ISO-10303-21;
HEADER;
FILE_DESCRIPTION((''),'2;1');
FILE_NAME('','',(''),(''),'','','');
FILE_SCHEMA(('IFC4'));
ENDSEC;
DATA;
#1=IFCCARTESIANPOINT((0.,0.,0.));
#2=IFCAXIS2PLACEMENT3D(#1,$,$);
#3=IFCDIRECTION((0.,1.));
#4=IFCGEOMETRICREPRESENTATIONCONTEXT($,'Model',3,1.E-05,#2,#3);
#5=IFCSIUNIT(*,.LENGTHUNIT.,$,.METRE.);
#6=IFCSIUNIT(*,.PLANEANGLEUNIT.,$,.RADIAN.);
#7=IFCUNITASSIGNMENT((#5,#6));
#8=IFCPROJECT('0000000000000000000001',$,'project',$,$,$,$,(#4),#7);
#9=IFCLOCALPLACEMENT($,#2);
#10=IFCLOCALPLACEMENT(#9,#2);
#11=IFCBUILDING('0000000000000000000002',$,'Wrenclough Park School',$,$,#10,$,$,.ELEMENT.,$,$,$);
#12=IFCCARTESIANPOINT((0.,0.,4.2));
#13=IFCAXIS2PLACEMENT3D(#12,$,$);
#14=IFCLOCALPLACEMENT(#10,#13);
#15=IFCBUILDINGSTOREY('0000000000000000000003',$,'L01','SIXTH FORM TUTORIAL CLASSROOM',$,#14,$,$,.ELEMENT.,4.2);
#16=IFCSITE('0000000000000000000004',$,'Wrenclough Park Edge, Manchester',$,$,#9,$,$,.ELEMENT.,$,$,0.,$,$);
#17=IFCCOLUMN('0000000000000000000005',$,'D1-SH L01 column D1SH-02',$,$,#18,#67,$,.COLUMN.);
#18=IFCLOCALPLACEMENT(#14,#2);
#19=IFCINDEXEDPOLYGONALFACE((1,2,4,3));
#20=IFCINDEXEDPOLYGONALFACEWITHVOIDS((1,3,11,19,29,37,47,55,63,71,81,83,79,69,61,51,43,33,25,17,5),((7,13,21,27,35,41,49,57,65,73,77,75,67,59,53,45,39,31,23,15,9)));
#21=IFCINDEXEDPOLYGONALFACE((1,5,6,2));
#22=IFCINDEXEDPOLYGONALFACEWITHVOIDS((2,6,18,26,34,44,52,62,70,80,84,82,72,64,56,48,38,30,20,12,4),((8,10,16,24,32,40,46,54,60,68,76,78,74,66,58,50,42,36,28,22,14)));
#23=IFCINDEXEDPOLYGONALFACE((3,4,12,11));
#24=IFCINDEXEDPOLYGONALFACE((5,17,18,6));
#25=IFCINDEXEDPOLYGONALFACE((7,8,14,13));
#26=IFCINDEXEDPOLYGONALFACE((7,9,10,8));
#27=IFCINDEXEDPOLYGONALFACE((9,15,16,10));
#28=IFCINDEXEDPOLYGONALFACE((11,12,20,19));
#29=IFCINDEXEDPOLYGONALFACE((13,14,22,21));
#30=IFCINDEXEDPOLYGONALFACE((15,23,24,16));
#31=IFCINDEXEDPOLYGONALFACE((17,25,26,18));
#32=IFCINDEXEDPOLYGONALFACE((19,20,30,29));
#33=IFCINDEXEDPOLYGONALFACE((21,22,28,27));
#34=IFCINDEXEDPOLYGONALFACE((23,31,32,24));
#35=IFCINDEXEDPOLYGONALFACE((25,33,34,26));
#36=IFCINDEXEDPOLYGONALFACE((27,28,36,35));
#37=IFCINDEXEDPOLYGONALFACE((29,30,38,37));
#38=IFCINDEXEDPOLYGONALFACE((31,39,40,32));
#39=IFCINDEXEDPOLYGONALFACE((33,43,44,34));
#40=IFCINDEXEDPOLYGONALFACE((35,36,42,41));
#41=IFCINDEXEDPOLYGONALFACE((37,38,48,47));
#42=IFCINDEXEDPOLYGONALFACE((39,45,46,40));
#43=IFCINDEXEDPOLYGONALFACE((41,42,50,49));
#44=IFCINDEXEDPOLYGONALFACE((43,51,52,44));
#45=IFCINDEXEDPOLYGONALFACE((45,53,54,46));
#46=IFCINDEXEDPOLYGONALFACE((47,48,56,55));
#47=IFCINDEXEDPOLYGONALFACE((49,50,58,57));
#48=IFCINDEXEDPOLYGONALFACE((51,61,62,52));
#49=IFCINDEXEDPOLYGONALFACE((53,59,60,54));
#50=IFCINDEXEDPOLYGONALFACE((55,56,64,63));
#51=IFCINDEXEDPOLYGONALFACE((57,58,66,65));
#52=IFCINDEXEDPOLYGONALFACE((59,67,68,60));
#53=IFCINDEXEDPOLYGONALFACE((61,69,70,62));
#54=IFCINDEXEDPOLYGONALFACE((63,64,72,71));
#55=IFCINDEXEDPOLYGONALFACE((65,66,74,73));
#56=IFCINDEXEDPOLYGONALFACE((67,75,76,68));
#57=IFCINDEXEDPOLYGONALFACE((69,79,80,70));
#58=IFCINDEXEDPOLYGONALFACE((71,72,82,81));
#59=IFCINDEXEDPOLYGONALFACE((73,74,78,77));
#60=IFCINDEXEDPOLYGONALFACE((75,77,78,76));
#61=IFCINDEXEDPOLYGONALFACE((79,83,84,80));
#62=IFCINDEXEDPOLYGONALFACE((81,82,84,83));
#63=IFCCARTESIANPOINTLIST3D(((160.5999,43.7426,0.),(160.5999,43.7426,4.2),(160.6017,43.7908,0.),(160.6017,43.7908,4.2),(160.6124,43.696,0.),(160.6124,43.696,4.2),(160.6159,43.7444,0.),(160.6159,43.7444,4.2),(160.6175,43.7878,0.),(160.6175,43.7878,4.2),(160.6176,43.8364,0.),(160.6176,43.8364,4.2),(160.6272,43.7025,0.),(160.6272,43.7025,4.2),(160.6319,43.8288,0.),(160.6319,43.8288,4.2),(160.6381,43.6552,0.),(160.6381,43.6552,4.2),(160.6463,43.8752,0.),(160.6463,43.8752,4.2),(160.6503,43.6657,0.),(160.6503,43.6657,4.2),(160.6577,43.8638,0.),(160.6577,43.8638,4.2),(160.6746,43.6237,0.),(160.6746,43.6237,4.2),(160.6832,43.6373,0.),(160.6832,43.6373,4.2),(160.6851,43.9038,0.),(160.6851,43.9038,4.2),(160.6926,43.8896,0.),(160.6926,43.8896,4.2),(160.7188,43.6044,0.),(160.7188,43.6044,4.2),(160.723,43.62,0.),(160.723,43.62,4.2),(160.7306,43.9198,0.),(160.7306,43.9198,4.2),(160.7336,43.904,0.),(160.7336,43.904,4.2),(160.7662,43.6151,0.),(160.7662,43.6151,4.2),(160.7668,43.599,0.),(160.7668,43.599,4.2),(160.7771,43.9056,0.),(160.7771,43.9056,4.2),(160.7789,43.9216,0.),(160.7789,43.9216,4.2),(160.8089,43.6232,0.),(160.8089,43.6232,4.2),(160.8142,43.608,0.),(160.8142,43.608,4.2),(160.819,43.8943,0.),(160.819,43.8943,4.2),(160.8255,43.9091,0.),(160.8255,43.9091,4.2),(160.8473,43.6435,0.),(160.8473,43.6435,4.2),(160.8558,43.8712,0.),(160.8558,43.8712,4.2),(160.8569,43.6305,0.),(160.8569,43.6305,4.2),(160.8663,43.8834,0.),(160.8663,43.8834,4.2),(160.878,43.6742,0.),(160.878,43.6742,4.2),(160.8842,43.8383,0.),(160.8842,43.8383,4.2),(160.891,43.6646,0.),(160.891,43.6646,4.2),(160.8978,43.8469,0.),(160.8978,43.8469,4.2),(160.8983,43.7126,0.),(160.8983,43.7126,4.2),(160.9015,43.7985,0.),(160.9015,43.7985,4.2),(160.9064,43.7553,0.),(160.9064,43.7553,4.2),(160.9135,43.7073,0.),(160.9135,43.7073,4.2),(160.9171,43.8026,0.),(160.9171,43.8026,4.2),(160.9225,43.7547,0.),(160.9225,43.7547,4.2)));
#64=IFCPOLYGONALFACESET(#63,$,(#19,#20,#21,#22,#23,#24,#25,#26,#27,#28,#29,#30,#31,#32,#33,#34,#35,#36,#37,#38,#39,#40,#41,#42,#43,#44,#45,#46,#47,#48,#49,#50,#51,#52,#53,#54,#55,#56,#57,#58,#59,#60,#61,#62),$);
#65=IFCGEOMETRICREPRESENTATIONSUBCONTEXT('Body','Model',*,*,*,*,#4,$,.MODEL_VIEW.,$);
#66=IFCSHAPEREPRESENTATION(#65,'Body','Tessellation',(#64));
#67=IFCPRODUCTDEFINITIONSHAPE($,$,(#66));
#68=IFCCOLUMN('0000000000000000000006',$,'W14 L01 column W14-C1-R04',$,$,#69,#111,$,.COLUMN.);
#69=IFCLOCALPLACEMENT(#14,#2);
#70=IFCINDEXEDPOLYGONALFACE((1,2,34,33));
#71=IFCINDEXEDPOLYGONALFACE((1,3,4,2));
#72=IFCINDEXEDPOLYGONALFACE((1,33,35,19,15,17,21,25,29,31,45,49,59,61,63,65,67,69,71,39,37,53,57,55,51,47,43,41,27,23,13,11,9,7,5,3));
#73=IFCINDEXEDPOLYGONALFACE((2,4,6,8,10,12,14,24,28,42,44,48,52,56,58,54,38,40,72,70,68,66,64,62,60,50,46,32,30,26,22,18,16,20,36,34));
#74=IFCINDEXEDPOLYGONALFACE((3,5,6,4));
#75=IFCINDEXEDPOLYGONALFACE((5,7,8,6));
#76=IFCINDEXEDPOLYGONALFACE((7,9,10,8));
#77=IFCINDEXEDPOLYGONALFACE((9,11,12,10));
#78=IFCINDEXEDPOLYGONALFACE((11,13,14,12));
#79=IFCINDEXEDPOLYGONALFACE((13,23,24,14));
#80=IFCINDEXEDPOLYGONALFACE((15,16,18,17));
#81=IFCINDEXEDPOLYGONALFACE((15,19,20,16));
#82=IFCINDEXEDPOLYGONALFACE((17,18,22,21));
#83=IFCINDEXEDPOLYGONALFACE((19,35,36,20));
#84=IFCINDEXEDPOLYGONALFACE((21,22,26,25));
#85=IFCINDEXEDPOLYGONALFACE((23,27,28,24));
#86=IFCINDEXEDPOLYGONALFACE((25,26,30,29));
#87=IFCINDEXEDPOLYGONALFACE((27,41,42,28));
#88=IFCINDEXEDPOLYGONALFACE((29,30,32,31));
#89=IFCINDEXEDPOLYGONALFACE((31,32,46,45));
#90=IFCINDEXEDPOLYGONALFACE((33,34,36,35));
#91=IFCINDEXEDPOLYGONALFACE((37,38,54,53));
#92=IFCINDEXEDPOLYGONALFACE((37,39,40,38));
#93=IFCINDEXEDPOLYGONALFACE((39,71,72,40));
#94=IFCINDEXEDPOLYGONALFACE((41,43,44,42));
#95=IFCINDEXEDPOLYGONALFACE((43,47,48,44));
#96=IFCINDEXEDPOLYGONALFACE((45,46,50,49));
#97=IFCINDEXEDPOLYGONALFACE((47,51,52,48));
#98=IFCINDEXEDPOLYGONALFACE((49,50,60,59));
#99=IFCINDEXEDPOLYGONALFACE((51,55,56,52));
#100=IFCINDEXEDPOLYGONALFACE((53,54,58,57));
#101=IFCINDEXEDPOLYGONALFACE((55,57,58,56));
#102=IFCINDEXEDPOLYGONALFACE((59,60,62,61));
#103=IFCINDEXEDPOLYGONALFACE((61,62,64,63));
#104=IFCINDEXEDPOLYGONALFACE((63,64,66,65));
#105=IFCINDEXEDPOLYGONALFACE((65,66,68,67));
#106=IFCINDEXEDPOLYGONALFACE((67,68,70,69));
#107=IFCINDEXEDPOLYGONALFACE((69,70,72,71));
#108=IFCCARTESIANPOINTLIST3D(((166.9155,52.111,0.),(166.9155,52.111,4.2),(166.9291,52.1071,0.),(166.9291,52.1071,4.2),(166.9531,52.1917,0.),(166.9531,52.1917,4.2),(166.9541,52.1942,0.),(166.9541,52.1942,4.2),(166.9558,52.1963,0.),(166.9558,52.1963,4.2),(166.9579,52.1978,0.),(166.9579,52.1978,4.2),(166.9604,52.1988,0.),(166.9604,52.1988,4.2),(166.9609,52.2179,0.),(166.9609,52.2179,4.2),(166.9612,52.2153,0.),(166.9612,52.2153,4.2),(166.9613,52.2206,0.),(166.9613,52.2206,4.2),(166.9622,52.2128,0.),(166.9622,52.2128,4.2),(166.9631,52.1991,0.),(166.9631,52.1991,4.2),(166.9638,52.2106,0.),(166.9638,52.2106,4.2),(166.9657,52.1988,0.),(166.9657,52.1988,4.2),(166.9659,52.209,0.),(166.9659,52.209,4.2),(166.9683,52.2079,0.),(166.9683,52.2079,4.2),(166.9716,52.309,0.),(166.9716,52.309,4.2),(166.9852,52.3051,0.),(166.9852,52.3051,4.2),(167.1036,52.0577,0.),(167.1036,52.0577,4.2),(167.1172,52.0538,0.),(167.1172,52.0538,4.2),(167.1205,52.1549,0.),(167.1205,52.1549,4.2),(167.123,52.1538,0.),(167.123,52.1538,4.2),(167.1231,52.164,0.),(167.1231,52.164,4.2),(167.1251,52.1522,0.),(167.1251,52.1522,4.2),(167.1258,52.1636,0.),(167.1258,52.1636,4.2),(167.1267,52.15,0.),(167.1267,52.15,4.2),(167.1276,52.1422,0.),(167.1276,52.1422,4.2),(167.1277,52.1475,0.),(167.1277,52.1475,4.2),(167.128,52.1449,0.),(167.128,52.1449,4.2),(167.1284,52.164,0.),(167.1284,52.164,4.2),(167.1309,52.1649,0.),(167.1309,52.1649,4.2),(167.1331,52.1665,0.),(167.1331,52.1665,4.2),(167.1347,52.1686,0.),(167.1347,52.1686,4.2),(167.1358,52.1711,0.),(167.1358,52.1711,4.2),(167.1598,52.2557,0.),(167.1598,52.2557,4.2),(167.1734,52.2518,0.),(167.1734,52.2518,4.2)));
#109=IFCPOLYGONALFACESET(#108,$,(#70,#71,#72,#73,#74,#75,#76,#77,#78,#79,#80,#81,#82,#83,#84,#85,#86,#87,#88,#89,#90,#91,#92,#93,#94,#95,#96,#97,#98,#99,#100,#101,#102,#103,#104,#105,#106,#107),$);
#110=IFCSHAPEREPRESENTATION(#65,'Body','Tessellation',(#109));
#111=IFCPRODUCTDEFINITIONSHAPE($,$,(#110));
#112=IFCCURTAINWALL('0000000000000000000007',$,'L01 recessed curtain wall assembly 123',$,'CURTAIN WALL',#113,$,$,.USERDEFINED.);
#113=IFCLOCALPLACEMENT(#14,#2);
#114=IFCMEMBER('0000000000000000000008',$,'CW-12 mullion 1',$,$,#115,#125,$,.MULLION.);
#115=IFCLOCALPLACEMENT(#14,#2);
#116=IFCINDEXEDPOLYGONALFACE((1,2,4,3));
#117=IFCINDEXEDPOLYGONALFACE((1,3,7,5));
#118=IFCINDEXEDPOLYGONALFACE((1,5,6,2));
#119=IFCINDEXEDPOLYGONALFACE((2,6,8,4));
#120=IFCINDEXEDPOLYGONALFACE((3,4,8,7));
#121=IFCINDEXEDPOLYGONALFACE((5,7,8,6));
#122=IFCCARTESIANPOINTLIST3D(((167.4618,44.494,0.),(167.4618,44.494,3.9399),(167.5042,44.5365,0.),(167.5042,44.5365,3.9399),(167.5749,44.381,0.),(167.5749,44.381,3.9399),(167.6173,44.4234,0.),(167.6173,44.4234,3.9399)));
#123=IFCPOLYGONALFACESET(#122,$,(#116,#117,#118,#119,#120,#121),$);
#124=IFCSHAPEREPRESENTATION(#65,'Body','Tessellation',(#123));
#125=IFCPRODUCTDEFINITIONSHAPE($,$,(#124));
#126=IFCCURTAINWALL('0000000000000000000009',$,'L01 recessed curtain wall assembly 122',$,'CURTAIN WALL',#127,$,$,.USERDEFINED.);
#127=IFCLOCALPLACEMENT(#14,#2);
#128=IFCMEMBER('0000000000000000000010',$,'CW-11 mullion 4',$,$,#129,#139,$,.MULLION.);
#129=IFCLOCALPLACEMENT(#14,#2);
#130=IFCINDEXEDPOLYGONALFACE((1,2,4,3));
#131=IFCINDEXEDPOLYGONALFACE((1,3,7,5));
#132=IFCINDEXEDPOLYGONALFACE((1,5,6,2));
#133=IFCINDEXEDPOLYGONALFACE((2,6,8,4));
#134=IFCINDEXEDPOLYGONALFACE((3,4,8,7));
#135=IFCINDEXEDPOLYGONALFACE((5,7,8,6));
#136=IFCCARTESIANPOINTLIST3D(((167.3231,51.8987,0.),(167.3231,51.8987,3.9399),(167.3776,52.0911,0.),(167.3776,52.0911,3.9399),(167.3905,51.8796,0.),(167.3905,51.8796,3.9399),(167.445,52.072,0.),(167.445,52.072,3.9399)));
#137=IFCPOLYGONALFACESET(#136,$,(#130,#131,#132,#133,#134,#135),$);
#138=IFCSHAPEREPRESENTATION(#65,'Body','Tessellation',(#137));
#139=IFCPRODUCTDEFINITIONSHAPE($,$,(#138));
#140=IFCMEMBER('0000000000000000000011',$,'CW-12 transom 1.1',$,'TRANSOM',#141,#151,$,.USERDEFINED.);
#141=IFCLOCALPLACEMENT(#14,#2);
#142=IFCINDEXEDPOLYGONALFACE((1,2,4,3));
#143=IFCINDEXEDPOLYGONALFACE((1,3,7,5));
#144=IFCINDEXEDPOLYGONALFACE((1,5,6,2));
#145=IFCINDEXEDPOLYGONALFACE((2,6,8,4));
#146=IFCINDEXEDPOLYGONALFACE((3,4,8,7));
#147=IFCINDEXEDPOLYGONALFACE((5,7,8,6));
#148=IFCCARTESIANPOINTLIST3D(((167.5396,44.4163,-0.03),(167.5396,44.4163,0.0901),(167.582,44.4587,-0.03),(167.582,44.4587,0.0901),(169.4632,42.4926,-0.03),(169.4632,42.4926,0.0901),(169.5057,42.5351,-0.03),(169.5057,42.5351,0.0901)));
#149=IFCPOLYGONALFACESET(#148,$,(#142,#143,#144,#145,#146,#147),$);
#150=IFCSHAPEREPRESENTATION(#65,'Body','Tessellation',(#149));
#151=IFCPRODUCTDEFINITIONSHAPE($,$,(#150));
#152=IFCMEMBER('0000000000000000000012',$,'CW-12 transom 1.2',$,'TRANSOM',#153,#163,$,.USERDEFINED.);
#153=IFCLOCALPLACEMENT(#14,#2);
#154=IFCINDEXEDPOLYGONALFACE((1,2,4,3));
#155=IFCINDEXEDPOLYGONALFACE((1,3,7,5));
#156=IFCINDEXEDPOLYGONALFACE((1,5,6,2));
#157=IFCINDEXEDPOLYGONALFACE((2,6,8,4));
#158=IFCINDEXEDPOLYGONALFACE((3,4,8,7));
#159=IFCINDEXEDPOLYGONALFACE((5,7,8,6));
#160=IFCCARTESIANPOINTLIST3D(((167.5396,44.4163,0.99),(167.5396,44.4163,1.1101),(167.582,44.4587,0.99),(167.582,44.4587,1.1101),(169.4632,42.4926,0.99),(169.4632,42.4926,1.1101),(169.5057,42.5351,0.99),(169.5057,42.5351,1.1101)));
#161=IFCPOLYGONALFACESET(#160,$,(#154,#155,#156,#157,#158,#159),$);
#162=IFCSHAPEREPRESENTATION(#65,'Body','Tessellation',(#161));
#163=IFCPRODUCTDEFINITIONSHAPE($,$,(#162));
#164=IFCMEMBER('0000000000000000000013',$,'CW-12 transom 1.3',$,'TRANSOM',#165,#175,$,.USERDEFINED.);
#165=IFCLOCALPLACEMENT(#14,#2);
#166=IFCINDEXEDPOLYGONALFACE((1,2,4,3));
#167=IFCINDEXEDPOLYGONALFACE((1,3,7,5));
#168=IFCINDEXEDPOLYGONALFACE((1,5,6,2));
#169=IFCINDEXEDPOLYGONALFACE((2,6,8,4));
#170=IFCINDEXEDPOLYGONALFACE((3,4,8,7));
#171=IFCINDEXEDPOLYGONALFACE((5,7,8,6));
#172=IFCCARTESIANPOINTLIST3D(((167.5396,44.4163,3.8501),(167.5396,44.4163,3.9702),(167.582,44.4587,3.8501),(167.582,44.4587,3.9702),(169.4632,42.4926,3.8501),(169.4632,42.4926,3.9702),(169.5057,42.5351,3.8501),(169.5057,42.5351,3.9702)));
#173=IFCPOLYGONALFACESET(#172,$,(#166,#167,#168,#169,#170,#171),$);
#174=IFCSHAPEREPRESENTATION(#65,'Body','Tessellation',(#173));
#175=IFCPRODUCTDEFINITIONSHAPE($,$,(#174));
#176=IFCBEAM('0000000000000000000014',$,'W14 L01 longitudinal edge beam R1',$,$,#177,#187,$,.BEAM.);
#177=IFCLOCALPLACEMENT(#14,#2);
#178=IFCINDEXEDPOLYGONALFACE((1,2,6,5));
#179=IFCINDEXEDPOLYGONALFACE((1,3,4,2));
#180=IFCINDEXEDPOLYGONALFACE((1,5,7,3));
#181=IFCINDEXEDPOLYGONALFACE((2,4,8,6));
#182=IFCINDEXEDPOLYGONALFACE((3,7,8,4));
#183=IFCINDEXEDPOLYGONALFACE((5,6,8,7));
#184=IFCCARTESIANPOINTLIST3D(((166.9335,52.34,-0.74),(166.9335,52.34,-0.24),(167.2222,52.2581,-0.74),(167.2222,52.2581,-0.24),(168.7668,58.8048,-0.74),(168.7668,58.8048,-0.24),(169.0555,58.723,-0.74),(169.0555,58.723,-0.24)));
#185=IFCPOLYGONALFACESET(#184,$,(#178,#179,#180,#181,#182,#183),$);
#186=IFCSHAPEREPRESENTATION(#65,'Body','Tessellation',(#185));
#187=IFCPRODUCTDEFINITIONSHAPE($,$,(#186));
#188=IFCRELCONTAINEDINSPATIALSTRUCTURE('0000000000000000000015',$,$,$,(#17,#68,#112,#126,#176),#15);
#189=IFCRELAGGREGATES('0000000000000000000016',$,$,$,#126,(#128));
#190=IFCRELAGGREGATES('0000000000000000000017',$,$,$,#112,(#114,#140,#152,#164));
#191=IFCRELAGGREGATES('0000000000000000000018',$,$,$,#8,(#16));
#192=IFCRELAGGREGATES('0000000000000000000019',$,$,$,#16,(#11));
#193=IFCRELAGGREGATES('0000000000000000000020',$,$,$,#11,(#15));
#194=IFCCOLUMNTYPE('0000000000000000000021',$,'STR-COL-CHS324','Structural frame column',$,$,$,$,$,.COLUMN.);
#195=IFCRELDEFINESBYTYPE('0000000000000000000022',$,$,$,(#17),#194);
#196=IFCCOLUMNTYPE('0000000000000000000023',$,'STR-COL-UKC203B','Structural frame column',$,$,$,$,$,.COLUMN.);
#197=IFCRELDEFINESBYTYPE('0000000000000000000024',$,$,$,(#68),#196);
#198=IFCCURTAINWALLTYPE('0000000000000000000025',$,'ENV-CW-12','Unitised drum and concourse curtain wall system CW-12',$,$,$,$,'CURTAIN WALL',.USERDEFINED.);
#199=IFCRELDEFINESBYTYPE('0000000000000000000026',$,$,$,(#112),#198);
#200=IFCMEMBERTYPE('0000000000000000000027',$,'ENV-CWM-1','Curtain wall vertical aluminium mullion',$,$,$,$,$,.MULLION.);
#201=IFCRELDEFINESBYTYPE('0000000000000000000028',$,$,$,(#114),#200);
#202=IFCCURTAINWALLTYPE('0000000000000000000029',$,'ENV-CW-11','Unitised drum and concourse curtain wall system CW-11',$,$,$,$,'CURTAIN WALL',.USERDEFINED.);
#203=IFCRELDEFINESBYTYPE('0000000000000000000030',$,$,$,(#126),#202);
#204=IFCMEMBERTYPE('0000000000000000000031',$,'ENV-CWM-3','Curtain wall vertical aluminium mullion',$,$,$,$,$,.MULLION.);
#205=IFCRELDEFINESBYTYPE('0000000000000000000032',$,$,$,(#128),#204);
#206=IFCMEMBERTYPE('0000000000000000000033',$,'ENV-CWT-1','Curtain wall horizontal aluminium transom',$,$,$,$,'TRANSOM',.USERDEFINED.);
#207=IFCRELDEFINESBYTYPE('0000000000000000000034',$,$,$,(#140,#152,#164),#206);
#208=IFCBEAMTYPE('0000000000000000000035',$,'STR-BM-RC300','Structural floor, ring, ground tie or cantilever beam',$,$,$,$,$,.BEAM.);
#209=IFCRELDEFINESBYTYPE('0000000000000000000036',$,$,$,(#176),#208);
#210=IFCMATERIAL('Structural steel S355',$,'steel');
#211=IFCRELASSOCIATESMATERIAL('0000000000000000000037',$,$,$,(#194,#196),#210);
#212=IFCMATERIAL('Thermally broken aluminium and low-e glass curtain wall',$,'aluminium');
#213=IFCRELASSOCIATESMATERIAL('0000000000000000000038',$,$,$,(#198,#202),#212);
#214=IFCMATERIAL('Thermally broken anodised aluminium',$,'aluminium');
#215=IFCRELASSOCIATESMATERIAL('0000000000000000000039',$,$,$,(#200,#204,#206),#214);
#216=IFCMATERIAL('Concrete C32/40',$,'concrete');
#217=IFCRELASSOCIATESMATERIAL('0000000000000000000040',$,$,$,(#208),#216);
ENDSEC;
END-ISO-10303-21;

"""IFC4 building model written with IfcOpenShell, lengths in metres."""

from ifc_helpers import new_model, si_unit, direction, frame, origin, origin_2d, place, context, subcontext, project, spatial, rectangle, hollow_circle, i_section, extrude, material, material_profile, profile_set, type_object, element, aggregate, save


model = new_model("IFC4")

# Units and contexts
model_context = context("Model", 3, precision=1e-05, world=origin(), true_north=direction((0.0, 1.0)))
body_context = subcontext(model_context, "Body", "Model", "MODEL_VIEW")
ifc_project = project(units=[si_unit("LENGTHUNIT", "METRE"), si_unit("PLANEANGLEUNIT", "RADIAN")], contexts=[model_context])

# Site, building, storey
site_placement = place(None, origin())
site = spatial("IfcSite", under=ifc_project, at=site_placement, Name="Wrenclough Park Edge, Manchester", CompositionType="ELEMENT", RefElevation=0.0)
building_placement = place(site_placement, origin())
building = spatial("IfcBuilding", under=site, at=building_placement, Name="Wrenclough Park School", CompositionType="ELEMENT")
storey_placement = place(building_placement, frame((0.0, 0.0, 4.2)))
storey = spatial("IfcBuildingStorey", under=building, at=storey_placement, Name="L01", Description="SIXTH FORM TUTORIAL CLASSROOM", CompositionType="ELEMENT", Elevation=4.2)

# Columns
ifc_material_1 = material(Name="Structural steel S355", Category="steel")
ifc_material_profile_1 = material_profile(ifc_material_1, hollow_circle(Radius=0.1619, WallThickness=0.0161, at=origin_2d()), Name="CHS 323.9x16.0")
ifc_profile_set_1 = profile_set([ifc_material_profile_1], Name="Structural steel S355")
column_type_1 = type_object("IfcColumnType", Name="STR-COL-CHS324", Description="Structural frame column", PredefinedType="COLUMN", material=ifc_profile_set_1)
column_1_placement = place(storey_placement, frame((160.7607, 43.7607, 0.0), z_axis=(0.0, 0.0, 1.0), x_axis=(-0.707107, 0.707107, 0.0)))
element("IfcColumn", 1, at=column_1_placement, inside=storey, type_object=column_type_1, Name="D1-SH L01 column D1SH-02", PredefinedType="COLUMN", context=body_context, shape_type="SweptSolid", body=[
    extrude(hollow_circle(Radius=0.1619, WallThickness=0.0161, at=origin_2d()), origin(), (0.0, 0.0, 1.0), 4.2),
])
ifc_material_profile_2 = material_profile(ifc_material_1, i_section(OverallWidth=0.2058, OverallDepth=0.2097, WebThickness=0.0095, FlangeThickness=0.0142, FilletRadius=0.0103, at=origin_2d()), Name="UKC 203x203x60")
ifc_profile_set_2 = profile_set([ifc_material_profile_2], Name="Structural steel S355")
column_type_2 = type_object("IfcColumnType", Name="STR-COL-UKC203B", Description="Structural frame column", PredefinedType="COLUMN", material=ifc_profile_set_2)
column_2_placement = place(storey_placement, frame((167.0444, 52.1814, 0.0), z_axis=(0.0, 0.0, 1.0), x_axis=(0.272784, 0.962075, 0.0)))
element("IfcColumn", 2, at=column_2_placement, inside=storey, type_object=column_type_2, Name="W14 L01 column W14-C1-R04", PredefinedType="COLUMN", context=body_context, shape_type="SweptSolid", body=[
    extrude(i_section(OverallWidth=0.2058, OverallDepth=0.2097, WebThickness=0.0095, FlangeThickness=0.0142, FilletRadius=0.0103, at=origin_2d()), origin(), (0.0, 0.0, 1.0), 4.2),
])

# Curtain walls, members
ifc_material_2 = material(Name="Thermally broken aluminium and low-e glass curtain wall", Category="aluminium")
curtain_wall_type_1 = type_object("IfcCurtainWallType", Name="ENV-CW-12", Description="Unitised drum and concourse curtain wall system CW-12", ElementType="CURTAIN WALL", PredefinedType="USERDEFINED", material=ifc_material_2)
curtain_wall_1_placement = place(storey_placement, origin())
curtain_wall_1 = element("IfcCurtainWall", 3, at=curtain_wall_1_placement, inside=storey, type_object=curtain_wall_type_1, Name="L01 recessed curtain wall assembly 123", ObjectType="CURTAIN WALL", PredefinedType="USERDEFINED")
ifc_material_3 = material(Name="Thermally broken anodised aluminium", Category="aluminium")
ifc_material_profile_3 = material_profile(ifc_material_3, rectangle(XDim=0.0601, YDim=0.1599, at=origin_2d()), Name="AL MULLION 60x160")
ifc_profile_set_3 = profile_set([ifc_material_profile_3], Name="Thermally broken anodised aluminium")
member_type_1 = type_object("IfcMemberType", Name="ENV-CWM-1", Description="Curtain wall vertical aluminium mullion", PredefinedType="MULLION", material=ifc_profile_set_3)
member_1_placement = place(storey_placement, frame((167.5396, 44.4587, 0.0), z_axis=(0.0, 0.0, 1.0), x_axis=(0.707107, 0.707107, 0.0)))
member_1 = element("IfcMember", 4, at=member_1_placement, type_object=member_type_1, Name="CW-12 mullion 1", PredefinedType="MULLION", context=body_context, shape_type="SweptSolid", body=[
    extrude(rectangle(XDim=0.0601, YDim=0.1599, at=origin_2d()), origin(), (0.0, 0.0, 1.0), 3.9399),
])
curtain_wall_type_2 = type_object("IfcCurtainWallType", Name="ENV-CW-11", Description="Unitised drum and concourse curtain wall system CW-11", ElementType="CURTAIN WALL", PredefinedType="USERDEFINED", material=ifc_material_2)
curtain_wall_2_placement = place(storey_placement, origin())
curtain_wall_2 = element("IfcCurtainWall", 5, at=curtain_wall_2_placement, inside=storey, type_object=curtain_wall_type_2, Name="L01 recessed curtain wall assembly 122", ObjectType="CURTAIN WALL", PredefinedType="USERDEFINED")
ifc_material_profile_4 = material_profile(ifc_material_3, rectangle(XDim=0.0701, YDim=0.2, at=origin_2d()), Name="AL MULLION 70x200")
ifc_profile_set_4 = profile_set([ifc_material_profile_4], Name="Thermally broken anodised aluminium")
member_type_2 = type_object("IfcMemberType", Name="ENV-CWM-3", Description="Curtain wall vertical aluminium mullion", PredefinedType="MULLION", material=ifc_profile_set_4)
member_2_placement = place(storey_placement, frame((167.384, 51.9854, 0.0), z_axis=(0.0, 0.0, 1.0), x_axis=(0.962068, -0.272809, 0.0)))
member_2 = element("IfcMember", 6, at=member_2_placement, type_object=member_type_2, Name="CW-11 mullion 4", PredefinedType="MULLION", context=body_context, shape_type="SweptSolid", body=[
    extrude(rectangle(XDim=0.0701, YDim=0.2, at=origin_2d()), origin(), (0.0, 0.0, 1.0), 3.9399),
])

# Members
ifc_material_profile_5 = material_profile(ifc_material_3, rectangle(XDim=0.0601, YDim=0.1201, at=origin_2d()), Name="AL TRANSOM 60x120")
ifc_profile_set_5 = profile_set([ifc_material_profile_5], Name="Thermally broken anodised aluminium")
member_type_3 = type_object("IfcMemberType", Name="ENV-CWT-1", Description="Curtain wall horizontal aluminium transom", ElementType="TRANSOM", PredefinedType="USERDEFINED", material=ifc_profile_set_5)
member_3_placement = place(storey_placement, frame((167.5608, 44.4375, 0.03), z_axis=(0.707107, -0.707107, 0.0), x_axis=(0.707107, 0.707107, 0.0)))
member_3 = element("IfcMember", 7, at=member_3_placement, type_object=member_type_3, Name="CW-12 transom 1.1", ObjectType="TRANSOM", PredefinedType="USERDEFINED", context=body_context, shape_type="SweptSolid", body=[
    extrude(rectangle(XDim=0.0601, YDim=0.1201, at=origin_2d()), origin(), (0.0, 0.0, 1.0), 2.7205),
])
member_4_placement = place(storey_placement, frame((167.5608, 44.4375, 1.05), z_axis=(0.707107, -0.707107, 0.0), x_axis=(0.707107, 0.707107, 0.0)))
member_4 = element("IfcMember", 8, at=member_4_placement, type_object=member_type_3, Name="CW-12 transom 1.2", ObjectType="TRANSOM", PredefinedType="USERDEFINED", context=body_context, shape_type="SweptSolid", body=[
    extrude(rectangle(XDim=0.0601, YDim=0.1201, at=origin_2d()), origin(), (0.0, 0.0, 1.0), 2.7205),
])
member_5_placement = place(storey_placement, frame((167.5608, 44.4375, 3.9102), z_axis=(0.707107, -0.707107, 0.0), x_axis=(0.707107, 0.707107, 0.0)))
member_5 = element("IfcMember", 9, at=member_5_placement, type_object=member_type_3, Name="CW-12 transom 1.3", ObjectType="TRANSOM", PredefinedType="USERDEFINED", context=body_context, shape_type="SweptSolid", body=[
    extrude(rectangle(XDim=0.0601, YDim=0.1201, at=origin_2d()), origin(), (0.0, 0.0, 1.0), 2.7205),
])

# Beam
ifc_material_4 = material(Name="Concrete C32/40", Category="concrete")
ifc_material_profile_6 = material_profile(ifc_material_4, rectangle(XDim=0.3, YDim=0.5, at=origin_2d()), Name="RC BEAM 300x500")
ifc_profile_set_6 = profile_set([ifc_material_profile_6], Name="Concrete C32/40")
beam_type_1 = type_object("IfcBeamType", Name="STR-BM-RC300", Description="Structural floor, ring, ground tie or cantilever beam", PredefinedType="BEAM", material=ifc_profile_set_6)
beam_1_placement = place(storey_placement, frame((167.0779, 52.2991, -0.49), z_axis=(0.272816, 0.962066, 0.0), x_axis=(-0.962066, 0.272816, 0.0)))
element("IfcBeam", 10, at=beam_1_placement, inside=storey, type_object=beam_type_1, Name="W14 L01 longitudinal edge beam R1", PredefinedType="BEAM", context=body_context, shape_type="SweptSolid", body=[
    extrude(rectangle(XDim=0.3, YDim=0.5, at=origin_2d()), origin(), (0.0, 0.0, 1.0), 6.7197),
])

aggregate(curtain_wall_2, [member_2])
aggregate(curtain_wall_1, [member_1, member_3, member_4, member_5])

save(model, "model.ifc")
